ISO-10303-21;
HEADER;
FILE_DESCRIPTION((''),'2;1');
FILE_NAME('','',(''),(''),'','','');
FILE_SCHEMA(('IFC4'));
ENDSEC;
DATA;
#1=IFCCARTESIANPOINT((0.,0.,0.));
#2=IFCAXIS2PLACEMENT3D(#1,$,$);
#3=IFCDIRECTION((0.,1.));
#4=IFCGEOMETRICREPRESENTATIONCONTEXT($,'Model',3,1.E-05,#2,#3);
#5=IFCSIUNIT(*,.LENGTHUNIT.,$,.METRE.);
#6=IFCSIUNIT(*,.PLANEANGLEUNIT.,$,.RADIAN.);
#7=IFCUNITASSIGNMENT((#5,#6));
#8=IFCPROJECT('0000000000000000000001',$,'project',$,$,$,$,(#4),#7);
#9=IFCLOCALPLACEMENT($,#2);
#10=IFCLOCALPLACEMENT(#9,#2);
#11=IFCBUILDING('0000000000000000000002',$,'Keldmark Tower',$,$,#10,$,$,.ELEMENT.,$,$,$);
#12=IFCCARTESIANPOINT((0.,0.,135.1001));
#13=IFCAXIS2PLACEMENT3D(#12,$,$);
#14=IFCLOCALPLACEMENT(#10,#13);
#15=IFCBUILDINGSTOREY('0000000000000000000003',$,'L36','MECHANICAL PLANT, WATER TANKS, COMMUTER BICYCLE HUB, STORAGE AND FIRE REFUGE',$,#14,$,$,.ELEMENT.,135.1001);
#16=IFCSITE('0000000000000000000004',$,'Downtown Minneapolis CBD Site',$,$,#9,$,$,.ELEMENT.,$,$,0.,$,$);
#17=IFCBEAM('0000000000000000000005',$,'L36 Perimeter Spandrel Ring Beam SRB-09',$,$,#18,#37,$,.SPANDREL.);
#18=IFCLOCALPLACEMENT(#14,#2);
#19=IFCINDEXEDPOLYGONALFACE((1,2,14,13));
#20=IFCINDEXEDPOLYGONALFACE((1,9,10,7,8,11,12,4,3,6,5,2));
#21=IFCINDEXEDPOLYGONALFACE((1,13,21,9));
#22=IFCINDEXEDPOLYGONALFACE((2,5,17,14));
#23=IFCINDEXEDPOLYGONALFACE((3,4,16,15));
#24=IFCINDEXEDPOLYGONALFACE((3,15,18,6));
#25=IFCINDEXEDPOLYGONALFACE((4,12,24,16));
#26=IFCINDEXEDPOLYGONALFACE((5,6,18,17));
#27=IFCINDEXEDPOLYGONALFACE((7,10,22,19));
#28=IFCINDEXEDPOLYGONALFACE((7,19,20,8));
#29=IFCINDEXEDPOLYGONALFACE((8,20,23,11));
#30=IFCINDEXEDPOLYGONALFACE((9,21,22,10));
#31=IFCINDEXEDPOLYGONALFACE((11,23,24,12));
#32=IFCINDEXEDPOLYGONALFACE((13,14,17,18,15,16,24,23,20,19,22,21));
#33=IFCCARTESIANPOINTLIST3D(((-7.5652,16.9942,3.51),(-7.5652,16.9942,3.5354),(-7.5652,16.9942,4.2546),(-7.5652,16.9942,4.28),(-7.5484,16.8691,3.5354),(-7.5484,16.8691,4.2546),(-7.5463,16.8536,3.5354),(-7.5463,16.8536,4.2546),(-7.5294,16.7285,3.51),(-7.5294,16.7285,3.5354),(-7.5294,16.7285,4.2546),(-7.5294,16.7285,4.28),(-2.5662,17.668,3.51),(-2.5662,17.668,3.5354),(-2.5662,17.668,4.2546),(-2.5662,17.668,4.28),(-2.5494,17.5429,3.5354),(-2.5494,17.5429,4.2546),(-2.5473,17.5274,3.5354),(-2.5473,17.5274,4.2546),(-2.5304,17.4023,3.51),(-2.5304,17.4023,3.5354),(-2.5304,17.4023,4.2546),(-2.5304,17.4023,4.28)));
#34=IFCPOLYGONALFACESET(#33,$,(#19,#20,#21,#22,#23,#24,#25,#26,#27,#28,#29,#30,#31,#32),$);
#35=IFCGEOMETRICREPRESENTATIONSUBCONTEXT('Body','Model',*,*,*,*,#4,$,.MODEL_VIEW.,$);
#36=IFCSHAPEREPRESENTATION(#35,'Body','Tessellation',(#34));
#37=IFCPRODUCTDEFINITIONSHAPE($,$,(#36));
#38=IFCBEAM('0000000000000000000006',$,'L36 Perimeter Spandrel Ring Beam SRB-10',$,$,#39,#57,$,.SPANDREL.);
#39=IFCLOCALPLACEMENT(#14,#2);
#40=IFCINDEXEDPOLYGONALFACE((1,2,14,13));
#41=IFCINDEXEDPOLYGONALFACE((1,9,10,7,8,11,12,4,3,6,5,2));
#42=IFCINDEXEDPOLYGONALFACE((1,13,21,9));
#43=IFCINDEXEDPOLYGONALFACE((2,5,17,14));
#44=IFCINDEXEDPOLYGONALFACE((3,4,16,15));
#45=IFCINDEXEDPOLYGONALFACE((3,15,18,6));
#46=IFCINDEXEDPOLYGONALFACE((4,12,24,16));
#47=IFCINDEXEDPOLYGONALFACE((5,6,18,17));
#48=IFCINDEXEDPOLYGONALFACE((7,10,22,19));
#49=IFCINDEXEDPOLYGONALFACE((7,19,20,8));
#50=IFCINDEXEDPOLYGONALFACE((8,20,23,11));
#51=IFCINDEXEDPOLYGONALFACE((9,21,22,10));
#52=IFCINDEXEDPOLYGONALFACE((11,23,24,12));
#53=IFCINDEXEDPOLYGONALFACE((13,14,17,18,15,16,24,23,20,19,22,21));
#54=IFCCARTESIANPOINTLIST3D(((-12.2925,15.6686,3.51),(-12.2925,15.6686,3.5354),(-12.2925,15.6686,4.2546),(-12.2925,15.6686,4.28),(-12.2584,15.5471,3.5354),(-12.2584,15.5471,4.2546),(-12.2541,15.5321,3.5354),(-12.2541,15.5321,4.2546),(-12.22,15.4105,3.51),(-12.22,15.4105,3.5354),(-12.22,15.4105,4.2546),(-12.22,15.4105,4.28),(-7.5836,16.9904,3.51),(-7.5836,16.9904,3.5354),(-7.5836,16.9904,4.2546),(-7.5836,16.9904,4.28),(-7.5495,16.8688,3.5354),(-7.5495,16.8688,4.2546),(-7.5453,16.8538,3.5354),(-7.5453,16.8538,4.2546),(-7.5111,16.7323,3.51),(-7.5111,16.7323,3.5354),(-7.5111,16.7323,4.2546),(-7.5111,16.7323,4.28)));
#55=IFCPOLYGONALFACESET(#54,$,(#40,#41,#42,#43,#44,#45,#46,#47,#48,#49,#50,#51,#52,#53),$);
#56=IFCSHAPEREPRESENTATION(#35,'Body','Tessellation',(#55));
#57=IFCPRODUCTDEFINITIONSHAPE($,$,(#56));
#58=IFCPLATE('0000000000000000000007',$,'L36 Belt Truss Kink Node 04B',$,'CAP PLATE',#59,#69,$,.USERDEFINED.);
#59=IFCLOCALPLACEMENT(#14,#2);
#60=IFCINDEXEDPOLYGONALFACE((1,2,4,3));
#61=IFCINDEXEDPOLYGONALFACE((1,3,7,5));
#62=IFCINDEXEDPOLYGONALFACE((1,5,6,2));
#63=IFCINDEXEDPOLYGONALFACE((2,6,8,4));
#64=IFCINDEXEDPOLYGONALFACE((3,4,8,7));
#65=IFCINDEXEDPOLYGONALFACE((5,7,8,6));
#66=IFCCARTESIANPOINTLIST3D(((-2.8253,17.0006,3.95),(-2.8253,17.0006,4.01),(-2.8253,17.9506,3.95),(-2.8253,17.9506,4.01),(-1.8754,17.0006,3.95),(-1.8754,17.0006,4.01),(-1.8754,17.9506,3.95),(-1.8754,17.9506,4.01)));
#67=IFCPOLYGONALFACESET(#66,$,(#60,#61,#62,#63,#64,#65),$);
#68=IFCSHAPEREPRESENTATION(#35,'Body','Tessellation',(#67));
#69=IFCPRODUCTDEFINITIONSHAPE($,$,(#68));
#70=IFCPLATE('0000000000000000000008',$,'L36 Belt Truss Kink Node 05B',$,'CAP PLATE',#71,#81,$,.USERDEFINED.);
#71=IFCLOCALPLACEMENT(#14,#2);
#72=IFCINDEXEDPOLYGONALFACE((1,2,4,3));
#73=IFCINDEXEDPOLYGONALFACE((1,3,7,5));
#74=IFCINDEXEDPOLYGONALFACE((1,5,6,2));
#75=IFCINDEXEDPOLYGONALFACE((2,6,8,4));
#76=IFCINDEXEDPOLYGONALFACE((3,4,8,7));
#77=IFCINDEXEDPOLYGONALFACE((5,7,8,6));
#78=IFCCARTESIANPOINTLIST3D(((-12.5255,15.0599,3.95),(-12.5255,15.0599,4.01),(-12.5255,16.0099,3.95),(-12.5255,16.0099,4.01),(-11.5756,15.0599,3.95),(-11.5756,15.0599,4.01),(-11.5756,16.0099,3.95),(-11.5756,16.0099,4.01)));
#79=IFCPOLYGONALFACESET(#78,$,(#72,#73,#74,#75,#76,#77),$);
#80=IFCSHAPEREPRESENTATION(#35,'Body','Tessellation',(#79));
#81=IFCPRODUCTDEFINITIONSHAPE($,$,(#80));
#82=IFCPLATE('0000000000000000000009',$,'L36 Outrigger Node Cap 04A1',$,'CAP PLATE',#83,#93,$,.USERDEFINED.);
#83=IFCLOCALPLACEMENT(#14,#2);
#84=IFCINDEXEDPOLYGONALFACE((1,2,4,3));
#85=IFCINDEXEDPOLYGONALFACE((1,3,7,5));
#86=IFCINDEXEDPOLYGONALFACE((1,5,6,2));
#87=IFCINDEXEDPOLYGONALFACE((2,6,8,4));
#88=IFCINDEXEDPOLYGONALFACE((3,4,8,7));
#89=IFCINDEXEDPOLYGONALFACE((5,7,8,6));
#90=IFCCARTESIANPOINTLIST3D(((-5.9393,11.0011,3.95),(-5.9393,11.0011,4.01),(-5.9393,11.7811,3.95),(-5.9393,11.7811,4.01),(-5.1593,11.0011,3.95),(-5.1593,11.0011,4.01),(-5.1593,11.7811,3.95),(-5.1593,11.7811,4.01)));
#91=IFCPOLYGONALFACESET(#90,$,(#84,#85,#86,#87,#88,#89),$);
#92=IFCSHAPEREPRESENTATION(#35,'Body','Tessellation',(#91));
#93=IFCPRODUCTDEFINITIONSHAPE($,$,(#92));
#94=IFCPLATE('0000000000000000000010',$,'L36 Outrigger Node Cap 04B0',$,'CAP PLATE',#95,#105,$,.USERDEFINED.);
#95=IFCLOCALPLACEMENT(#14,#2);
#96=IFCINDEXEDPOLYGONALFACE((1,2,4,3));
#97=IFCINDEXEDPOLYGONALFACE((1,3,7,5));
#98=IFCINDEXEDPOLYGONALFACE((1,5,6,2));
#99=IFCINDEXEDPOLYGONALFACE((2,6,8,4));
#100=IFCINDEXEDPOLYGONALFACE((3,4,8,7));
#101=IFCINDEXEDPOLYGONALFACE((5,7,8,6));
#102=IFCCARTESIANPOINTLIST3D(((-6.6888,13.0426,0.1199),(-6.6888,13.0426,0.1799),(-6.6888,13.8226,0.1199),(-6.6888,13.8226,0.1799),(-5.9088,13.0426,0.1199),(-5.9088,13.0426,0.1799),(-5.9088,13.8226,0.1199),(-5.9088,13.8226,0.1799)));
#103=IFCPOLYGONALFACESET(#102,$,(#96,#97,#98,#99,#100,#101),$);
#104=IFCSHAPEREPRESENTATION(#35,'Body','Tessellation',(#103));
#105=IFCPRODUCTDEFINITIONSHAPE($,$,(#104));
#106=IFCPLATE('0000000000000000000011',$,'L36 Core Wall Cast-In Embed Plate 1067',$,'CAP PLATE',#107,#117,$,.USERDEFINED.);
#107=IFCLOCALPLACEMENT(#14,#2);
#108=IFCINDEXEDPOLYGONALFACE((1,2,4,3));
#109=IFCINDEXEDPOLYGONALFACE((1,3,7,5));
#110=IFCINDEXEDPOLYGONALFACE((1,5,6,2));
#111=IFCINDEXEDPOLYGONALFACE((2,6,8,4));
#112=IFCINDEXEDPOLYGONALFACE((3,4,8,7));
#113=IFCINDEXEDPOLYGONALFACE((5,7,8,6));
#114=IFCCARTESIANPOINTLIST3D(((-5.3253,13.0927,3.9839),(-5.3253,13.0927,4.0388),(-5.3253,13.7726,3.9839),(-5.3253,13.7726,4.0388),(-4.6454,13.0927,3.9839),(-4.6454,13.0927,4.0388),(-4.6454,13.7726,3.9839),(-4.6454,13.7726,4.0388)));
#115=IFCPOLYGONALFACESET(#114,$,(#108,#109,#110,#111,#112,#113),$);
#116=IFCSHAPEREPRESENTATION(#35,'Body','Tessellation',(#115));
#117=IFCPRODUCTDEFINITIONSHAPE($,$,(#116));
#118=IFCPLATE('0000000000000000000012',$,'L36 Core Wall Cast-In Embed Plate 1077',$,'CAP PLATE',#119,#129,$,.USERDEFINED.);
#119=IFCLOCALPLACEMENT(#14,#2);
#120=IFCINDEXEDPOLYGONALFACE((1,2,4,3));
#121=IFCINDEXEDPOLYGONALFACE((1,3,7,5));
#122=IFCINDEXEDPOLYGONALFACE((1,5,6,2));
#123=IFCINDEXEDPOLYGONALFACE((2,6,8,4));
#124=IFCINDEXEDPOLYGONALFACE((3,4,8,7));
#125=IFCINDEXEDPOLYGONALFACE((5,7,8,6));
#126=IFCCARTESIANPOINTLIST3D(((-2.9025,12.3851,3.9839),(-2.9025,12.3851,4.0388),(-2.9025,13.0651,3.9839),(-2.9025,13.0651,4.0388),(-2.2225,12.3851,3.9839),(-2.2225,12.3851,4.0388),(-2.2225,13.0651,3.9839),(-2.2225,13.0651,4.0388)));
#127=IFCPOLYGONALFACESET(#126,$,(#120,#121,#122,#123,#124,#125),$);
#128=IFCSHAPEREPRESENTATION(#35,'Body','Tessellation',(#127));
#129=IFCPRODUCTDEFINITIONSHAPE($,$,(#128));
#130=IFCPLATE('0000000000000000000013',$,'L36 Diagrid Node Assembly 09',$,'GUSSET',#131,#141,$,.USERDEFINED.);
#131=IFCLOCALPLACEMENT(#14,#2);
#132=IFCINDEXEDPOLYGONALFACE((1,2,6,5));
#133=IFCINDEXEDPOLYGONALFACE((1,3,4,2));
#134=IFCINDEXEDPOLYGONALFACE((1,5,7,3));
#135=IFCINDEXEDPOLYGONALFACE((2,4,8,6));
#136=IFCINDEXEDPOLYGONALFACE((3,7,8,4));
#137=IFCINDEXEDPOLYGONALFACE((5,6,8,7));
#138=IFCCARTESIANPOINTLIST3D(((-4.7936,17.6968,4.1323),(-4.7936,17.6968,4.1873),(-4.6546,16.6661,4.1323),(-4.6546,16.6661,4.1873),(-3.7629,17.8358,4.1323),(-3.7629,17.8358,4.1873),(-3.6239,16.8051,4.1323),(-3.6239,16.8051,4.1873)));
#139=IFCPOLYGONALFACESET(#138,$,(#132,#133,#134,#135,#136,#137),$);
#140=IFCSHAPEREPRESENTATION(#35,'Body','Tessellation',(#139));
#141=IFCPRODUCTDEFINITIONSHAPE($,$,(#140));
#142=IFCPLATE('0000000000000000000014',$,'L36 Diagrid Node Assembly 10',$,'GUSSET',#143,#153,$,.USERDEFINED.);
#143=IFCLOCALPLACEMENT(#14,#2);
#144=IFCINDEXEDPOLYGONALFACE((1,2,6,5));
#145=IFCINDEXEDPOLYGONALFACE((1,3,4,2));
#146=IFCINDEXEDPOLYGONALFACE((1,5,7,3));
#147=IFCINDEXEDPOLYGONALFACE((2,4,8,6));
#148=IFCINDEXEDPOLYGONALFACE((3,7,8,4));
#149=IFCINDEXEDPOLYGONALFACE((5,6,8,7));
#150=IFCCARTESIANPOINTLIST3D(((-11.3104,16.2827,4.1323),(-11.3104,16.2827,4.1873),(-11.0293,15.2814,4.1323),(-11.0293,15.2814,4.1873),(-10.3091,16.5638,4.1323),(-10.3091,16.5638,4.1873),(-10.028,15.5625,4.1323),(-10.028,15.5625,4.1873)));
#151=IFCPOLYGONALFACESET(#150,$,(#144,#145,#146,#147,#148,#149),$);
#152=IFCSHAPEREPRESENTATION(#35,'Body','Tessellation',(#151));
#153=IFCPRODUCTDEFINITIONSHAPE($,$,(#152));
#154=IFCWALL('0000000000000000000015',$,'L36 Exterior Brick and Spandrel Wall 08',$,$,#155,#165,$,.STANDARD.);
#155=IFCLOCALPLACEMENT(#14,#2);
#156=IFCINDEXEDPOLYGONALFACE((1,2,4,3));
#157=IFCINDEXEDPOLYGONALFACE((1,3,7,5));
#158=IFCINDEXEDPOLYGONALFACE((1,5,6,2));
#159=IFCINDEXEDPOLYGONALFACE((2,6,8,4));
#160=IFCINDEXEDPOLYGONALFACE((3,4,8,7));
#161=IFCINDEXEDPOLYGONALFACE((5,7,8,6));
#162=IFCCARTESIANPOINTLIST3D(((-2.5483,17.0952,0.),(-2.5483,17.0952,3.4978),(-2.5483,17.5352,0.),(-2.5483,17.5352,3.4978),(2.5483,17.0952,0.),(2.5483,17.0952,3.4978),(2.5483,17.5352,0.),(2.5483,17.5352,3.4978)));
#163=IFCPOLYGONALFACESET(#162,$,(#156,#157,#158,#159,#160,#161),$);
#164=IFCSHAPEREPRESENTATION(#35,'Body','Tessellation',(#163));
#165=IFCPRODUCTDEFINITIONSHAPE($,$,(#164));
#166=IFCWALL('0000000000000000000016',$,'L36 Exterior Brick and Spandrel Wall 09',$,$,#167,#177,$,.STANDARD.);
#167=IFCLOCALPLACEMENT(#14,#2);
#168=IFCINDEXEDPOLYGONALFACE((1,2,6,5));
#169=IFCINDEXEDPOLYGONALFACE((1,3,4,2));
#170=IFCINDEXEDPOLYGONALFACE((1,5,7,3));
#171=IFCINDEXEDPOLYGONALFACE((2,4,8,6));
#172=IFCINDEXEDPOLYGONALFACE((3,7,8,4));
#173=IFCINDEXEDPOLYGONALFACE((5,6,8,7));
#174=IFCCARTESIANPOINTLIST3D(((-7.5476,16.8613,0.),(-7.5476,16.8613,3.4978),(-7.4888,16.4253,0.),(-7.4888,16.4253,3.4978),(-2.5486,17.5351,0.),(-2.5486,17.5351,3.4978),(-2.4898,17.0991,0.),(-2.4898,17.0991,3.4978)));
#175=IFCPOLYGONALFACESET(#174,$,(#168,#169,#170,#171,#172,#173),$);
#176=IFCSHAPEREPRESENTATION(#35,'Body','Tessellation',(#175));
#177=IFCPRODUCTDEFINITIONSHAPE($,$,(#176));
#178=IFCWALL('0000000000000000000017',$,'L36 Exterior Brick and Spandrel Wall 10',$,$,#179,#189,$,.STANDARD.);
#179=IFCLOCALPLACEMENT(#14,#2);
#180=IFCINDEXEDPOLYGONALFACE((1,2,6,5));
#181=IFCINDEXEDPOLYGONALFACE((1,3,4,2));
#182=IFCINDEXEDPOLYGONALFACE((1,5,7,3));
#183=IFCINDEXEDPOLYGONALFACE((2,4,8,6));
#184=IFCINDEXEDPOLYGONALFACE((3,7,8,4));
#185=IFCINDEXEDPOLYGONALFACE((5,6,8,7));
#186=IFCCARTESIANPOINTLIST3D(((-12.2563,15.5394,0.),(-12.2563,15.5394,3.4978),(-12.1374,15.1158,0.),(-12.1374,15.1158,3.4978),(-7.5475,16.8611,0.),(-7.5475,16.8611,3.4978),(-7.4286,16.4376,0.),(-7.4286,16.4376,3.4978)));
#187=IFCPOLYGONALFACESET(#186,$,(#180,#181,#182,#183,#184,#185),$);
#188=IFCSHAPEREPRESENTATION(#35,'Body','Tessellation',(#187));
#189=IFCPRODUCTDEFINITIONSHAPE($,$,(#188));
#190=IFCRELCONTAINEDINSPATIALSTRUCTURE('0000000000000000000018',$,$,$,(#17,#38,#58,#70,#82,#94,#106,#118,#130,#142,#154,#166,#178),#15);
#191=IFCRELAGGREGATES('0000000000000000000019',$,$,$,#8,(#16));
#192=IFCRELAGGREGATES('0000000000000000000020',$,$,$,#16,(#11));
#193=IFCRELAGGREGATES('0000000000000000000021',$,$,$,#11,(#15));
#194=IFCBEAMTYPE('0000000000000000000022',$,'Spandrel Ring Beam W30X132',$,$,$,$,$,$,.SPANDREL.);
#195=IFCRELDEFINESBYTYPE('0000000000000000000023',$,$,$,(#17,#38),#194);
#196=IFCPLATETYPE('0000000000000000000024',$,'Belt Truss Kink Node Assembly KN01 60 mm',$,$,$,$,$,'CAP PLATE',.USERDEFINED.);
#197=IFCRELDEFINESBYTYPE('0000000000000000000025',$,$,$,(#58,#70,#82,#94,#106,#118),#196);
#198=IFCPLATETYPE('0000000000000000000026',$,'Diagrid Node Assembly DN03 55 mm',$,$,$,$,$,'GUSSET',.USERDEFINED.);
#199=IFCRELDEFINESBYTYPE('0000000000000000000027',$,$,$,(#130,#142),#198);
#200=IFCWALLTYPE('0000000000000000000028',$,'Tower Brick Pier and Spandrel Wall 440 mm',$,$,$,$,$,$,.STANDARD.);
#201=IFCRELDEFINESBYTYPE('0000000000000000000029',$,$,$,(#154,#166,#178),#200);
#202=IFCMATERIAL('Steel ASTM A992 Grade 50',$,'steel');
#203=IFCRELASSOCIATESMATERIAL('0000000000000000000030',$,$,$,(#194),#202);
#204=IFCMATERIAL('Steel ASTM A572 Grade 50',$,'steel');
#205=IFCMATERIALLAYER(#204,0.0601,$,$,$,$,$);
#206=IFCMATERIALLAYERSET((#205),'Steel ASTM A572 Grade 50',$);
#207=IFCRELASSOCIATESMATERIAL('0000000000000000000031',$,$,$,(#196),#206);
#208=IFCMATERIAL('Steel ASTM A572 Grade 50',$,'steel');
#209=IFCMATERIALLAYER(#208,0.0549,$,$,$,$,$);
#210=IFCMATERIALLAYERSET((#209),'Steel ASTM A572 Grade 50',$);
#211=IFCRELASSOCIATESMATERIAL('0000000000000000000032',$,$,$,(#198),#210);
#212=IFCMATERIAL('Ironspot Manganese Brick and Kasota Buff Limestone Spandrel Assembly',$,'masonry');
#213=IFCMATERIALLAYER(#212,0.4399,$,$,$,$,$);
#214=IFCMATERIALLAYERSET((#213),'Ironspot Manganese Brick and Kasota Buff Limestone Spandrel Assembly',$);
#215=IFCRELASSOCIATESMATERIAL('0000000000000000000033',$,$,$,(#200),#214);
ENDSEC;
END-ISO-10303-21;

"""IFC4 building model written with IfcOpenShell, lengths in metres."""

from ifc_helpers import new_model, si_unit, direction, frame, frame_2d, origin, origin_2d, place, context, subcontext, project, spatial, rectangle, i_section, extrude, material, layer, layer_set, material_profile, profile_set, type_object, element, save


model = new_model("IFC4")

# Units and contexts
model_context = context("Model", 3, precision=1e-05, world=origin(), true_north=direction((0.0, 1.0)))
body_context = subcontext(model_context, "Body", "Model", "MODEL_VIEW")
ifc_project = project(units=[si_unit("LENGTHUNIT", "METRE"), si_unit("PLANEANGLEUNIT", "RADIAN")], contexts=[model_context])

# Site, building, storey
site_placement = place(None, origin())
site = spatial("IfcSite", under=ifc_project, at=site_placement, Name="Downtown Minneapolis CBD Site", CompositionType="ELEMENT", RefElevation=0.0)
building_placement = place(site_placement, origin())
building = spatial("IfcBuilding", under=site, at=building_placement, Name="Keldmark Tower", CompositionType="ELEMENT")
storey_placement = place(building_placement, frame((0.0, 0.0, 135.1001)))
storey = spatial("IfcBuildingStorey", under=building, at=storey_placement, Name="L36", Description="MECHANICAL PLANT, WATER TANKS, COMMUTER BICYCLE HUB, STORAGE AND FIRE REFUGE", CompositionType="ELEMENT", Elevation=135.1001)

# Beams
ifc_material_1 = material(Name="Steel ASTM A992 Grade 50", Category="steel")
ifc_material_profile_1 = material_profile(ifc_material_1, i_section(OverallWidth=0.2681, OverallDepth=0.77, WebThickness=0.0156, FlangeThickness=0.0254, at=origin_2d()), Name="W30X132")
ifc_profile_set_1 = profile_set([ifc_material_profile_1], Name="Steel ASTM A992 Grade 50")
beam_type_1 = type_object("IfcBeamType", Name="Spandrel Ring Beam W30X132", PredefinedType="SPANDREL", material=ifc_profile_set_1)
beam_1_placement = place(storey_placement, frame((-2.5483, 17.5352, 3.895), z_axis=(-0.991038, -0.133584, 0.0), x_axis=(0.133584, -0.991038, 0.0)))
element("IfcBeam", 1, at=beam_1_placement, inside=storey, type_object=beam_type_1, Name="L36 Perimeter Spandrel Ring Beam SRB-09", PredefinedType="SPANDREL", context=body_context, shape_type="SweptSolid", body=[
    extrude(i_section(OverallWidth=0.2681, OverallDepth=0.77, WebThickness=0.0156, FlangeThickness=0.0254, at=origin_2d()), origin(), (0.0, 0.0, 1.0), 5.0442),
])
beam_2_placement = place(storey_placement, frame((-7.5474, 16.8613, 3.895), z_axis=(-0.962791, -0.270248, 0.0), x_axis=(0.270248, -0.962791, 0.0)))
element("IfcBeam", 2, at=beam_2_placement, inside=storey, type_object=beam_type_1, Name="L36 Perimeter Spandrel Ring Beam SRB-10", PredefinedType="SPANDREL", context=body_context, shape_type="SweptSolid", body=[
    extrude(i_section(OverallWidth=0.2681, OverallDepth=0.77, WebThickness=0.0156, FlangeThickness=0.0254, at=origin_2d()), origin(), (0.0, 0.0, 1.0), 4.8909),
])

# Plates
ifc_material_2 = material(Name="Steel ASTM A572 Grade 50", Category="steel")
ifc_layer_1 = layer(ifc_material_2, 0.0601)
ifc_layer_set_1 = layer_set([ifc_layer_1], Name="Steel ASTM A572 Grade 50")
plate_type_1 = type_object("IfcPlateType", Name="Belt Truss Kink Node Assembly KN01 60 mm", ElementType="CAP PLATE", PredefinedType="USERDEFINED", material=ifc_layer_set_1)
for number, where, z_axis, x_axis, name in (
    (3, (-2.3503, 17.4756, 3.95), (0.0, 0.0, 1.0), (1.0, 0.0, 0.0), "L36 Belt Truss Kink Node 04B"),
    (4, (-12.0505, 15.5349, 3.95), (0.0, 0.0, 1.0), (1.0, 0.0, 0.0), "L36 Belt Truss Kink Node 05B"),
):
    element("IfcPlate", number, at=place(storey_placement, frame(where, z_axis=z_axis, x_axis=x_axis)), inside=storey, type_object=plate_type_1, Name=name, ObjectType="CAP PLATE", PredefinedType="USERDEFINED", context=body_context, shape_type="SweptSolid", body=[
        extrude(rectangle(XDim=0.95, YDim=0.95, at=origin_2d()), origin(), (0.0, 0.0, 1.0), 0.0601),
    ])
for number, where, z_axis, x_axis, name in (
    (5, (-5.5493, 11.3911, 3.95), (0.0, 0.0, 1.0), (1.0, 0.0, 0.0), "L36 Outrigger Node Cap 04A1"),
    (6, (-6.2988, 13.4326, 0.1199), (0.0, 0.0, 1.0), (1.0, 0.0, 0.0), "L36 Outrigger Node Cap 04B0"),
):
    element("IfcPlate", number, at=place(storey_placement, frame(where, z_axis=z_axis, x_axis=x_axis)), inside=storey, type_object=plate_type_1, Name=name, ObjectType="CAP PLATE", PredefinedType="USERDEFINED", context=body_context, shape_type="SweptSolid", body=[
        extrude(rectangle(XDim=0.78, YDim=0.78, at=origin_2d()), origin(), (0.0, 0.0, 1.0), 0.0601),
    ])
for number, where, z_axis, x_axis, name in (
    (7, (-4.9854, 13.4326, 3.9839), (0.0, 0.0, 1.0), (1.0, 0.0, 0.0), "L36 Core Wall Cast-In Embed Plate 1067"),
    (8, (-2.5625, 12.7251, 3.9839), (0.0, 0.0, 1.0), (1.0, 0.0, 0.0), "L36 Core Wall Cast-In Embed Plate 1077"),
):
    element("IfcPlate", number, at=place(storey_placement, frame(where, z_axis=z_axis, x_axis=x_axis)), inside=storey, type_object=plate_type_1, Name=name, ObjectType="CAP PLATE", PredefinedType="USERDEFINED", context=body_context, shape_type="SweptSolid", body=[
        extrude(rectangle(XDim=0.6799, YDim=0.6799, at=origin_2d()), origin(), (0.0, 0.0, 1.0), 0.0549),
    ])
ifc_material_3 = material(Name="Steel ASTM A572 Grade 50", Category="steel")
ifc_layer_2 = layer(ifc_material_3, 0.0549)
ifc_layer_set_2 = layer_set([ifc_layer_2], Name="Steel ASTM A572 Grade 50")
plate_type_2 = type_object("IfcPlateType", Name="Diagrid Node Assembly DN03 55 mm", ElementType="GUSSET", PredefinedType="USERDEFINED", material=ifc_layer_set_2)
for number, where, z_axis, x_axis, name in (
    (9, (-4.2087, 17.251, 4.1323), (0.0, 0.0, 1.0), (-0.99103, -0.13364, 0.0), "L36 Diagrid Node Assembly 09"),
    (10, (-10.6692, 15.9226, 4.1323), (0.0, 0.0, 1.0), (-0.962786, -0.270264, 0.0), "L36 Diagrid Node Assembly 10"),
):
    element("IfcPlate", number, at=place(storey_placement, frame(where, z_axis=z_axis, x_axis=x_axis)), inside=storey, type_object=plate_type_2, Name=name, ObjectType="GUSSET", PredefinedType="USERDEFINED", context=body_context, shape_type="SweptSolid", body=[
        extrude(rectangle(XDim=1.04, YDim=1.04, at=origin_2d()), origin(), (0.0, 0.0, 1.0), 0.0549),
    ])

# Walls
ifc_material_4 = material(Name="Ironspot Manganese Brick and Kasota Buff Limestone Spandrel Assembly", Category="masonry")
ifc_layer_3 = layer(ifc_material_4, 0.4399)
ifc_layer_set_3 = layer_set([ifc_layer_3], Name="Ironspot Manganese Brick and Kasota Buff Limestone Spandrel Assembly")
wall_type_1 = type_object("IfcWallType", Name="Tower Brick Pier and Spandrel Wall 440 mm", PredefinedType="STANDARD", material=ifc_layer_set_3)
wall_1_placement = place(storey_placement, frame((-2.5483, 17.3152, 0.0), z_axis=(0.0, 0.0, 1.0), x_axis=(1.0, 0.0, 0.0)))
element("IfcWall", 11, at=wall_1_placement, inside=storey, type_object=wall_type_1, Name="L36 Exterior Brick and Spandrel Wall 08", PredefinedType="STANDARD", context=body_context, shape_type="SweptSolid", body=[
    extrude(rectangle(XDim=5.0967, YDim=0.4399, at=frame_2d((2.5483, 0.0))), origin(), (0.0, 0.0, 1.0), 3.4978),
])
wall_2_placement = place(storey_placement, frame((-7.5181, 16.6433, 0.0), z_axis=(0.0, 0.0, 1.0), x_axis=(0.991038, 0.133584, 0.0)))
element("IfcWall", 12, at=wall_2_placement, inside=storey, type_object=wall_type_1, Name="L36 Exterior Brick and Spandrel Wall 09", PredefinedType="STANDARD", context=body_context, shape_type="SweptSolid", body=[
    extrude(rectangle(XDim=5.0442, YDim=0.4399, at=frame_2d((2.522, 0.0))), origin(), (0.0, 0.0, 1.0), 3.4978),
])
wall_3_placement = place(storey_placement, frame((-12.1968, 15.3276, 0.0), z_axis=(0.0, 0.0, 1.0), x_axis=(0.962791, 0.270248, 0.0)))
element("IfcWall", 13, at=wall_3_placement, inside=storey, type_object=wall_type_1, Name="L36 Exterior Brick and Spandrel Wall 10", PredefinedType="STANDARD", context=body_context, shape_type="SweptSolid", body=[
    extrude(rectangle(XDim=4.8909, YDim=0.4399, at=frame_2d((2.4453, 0.0))), origin(), (0.0, 0.0, 1.0), 3.4978),
])

save(model, "model.ifc")
